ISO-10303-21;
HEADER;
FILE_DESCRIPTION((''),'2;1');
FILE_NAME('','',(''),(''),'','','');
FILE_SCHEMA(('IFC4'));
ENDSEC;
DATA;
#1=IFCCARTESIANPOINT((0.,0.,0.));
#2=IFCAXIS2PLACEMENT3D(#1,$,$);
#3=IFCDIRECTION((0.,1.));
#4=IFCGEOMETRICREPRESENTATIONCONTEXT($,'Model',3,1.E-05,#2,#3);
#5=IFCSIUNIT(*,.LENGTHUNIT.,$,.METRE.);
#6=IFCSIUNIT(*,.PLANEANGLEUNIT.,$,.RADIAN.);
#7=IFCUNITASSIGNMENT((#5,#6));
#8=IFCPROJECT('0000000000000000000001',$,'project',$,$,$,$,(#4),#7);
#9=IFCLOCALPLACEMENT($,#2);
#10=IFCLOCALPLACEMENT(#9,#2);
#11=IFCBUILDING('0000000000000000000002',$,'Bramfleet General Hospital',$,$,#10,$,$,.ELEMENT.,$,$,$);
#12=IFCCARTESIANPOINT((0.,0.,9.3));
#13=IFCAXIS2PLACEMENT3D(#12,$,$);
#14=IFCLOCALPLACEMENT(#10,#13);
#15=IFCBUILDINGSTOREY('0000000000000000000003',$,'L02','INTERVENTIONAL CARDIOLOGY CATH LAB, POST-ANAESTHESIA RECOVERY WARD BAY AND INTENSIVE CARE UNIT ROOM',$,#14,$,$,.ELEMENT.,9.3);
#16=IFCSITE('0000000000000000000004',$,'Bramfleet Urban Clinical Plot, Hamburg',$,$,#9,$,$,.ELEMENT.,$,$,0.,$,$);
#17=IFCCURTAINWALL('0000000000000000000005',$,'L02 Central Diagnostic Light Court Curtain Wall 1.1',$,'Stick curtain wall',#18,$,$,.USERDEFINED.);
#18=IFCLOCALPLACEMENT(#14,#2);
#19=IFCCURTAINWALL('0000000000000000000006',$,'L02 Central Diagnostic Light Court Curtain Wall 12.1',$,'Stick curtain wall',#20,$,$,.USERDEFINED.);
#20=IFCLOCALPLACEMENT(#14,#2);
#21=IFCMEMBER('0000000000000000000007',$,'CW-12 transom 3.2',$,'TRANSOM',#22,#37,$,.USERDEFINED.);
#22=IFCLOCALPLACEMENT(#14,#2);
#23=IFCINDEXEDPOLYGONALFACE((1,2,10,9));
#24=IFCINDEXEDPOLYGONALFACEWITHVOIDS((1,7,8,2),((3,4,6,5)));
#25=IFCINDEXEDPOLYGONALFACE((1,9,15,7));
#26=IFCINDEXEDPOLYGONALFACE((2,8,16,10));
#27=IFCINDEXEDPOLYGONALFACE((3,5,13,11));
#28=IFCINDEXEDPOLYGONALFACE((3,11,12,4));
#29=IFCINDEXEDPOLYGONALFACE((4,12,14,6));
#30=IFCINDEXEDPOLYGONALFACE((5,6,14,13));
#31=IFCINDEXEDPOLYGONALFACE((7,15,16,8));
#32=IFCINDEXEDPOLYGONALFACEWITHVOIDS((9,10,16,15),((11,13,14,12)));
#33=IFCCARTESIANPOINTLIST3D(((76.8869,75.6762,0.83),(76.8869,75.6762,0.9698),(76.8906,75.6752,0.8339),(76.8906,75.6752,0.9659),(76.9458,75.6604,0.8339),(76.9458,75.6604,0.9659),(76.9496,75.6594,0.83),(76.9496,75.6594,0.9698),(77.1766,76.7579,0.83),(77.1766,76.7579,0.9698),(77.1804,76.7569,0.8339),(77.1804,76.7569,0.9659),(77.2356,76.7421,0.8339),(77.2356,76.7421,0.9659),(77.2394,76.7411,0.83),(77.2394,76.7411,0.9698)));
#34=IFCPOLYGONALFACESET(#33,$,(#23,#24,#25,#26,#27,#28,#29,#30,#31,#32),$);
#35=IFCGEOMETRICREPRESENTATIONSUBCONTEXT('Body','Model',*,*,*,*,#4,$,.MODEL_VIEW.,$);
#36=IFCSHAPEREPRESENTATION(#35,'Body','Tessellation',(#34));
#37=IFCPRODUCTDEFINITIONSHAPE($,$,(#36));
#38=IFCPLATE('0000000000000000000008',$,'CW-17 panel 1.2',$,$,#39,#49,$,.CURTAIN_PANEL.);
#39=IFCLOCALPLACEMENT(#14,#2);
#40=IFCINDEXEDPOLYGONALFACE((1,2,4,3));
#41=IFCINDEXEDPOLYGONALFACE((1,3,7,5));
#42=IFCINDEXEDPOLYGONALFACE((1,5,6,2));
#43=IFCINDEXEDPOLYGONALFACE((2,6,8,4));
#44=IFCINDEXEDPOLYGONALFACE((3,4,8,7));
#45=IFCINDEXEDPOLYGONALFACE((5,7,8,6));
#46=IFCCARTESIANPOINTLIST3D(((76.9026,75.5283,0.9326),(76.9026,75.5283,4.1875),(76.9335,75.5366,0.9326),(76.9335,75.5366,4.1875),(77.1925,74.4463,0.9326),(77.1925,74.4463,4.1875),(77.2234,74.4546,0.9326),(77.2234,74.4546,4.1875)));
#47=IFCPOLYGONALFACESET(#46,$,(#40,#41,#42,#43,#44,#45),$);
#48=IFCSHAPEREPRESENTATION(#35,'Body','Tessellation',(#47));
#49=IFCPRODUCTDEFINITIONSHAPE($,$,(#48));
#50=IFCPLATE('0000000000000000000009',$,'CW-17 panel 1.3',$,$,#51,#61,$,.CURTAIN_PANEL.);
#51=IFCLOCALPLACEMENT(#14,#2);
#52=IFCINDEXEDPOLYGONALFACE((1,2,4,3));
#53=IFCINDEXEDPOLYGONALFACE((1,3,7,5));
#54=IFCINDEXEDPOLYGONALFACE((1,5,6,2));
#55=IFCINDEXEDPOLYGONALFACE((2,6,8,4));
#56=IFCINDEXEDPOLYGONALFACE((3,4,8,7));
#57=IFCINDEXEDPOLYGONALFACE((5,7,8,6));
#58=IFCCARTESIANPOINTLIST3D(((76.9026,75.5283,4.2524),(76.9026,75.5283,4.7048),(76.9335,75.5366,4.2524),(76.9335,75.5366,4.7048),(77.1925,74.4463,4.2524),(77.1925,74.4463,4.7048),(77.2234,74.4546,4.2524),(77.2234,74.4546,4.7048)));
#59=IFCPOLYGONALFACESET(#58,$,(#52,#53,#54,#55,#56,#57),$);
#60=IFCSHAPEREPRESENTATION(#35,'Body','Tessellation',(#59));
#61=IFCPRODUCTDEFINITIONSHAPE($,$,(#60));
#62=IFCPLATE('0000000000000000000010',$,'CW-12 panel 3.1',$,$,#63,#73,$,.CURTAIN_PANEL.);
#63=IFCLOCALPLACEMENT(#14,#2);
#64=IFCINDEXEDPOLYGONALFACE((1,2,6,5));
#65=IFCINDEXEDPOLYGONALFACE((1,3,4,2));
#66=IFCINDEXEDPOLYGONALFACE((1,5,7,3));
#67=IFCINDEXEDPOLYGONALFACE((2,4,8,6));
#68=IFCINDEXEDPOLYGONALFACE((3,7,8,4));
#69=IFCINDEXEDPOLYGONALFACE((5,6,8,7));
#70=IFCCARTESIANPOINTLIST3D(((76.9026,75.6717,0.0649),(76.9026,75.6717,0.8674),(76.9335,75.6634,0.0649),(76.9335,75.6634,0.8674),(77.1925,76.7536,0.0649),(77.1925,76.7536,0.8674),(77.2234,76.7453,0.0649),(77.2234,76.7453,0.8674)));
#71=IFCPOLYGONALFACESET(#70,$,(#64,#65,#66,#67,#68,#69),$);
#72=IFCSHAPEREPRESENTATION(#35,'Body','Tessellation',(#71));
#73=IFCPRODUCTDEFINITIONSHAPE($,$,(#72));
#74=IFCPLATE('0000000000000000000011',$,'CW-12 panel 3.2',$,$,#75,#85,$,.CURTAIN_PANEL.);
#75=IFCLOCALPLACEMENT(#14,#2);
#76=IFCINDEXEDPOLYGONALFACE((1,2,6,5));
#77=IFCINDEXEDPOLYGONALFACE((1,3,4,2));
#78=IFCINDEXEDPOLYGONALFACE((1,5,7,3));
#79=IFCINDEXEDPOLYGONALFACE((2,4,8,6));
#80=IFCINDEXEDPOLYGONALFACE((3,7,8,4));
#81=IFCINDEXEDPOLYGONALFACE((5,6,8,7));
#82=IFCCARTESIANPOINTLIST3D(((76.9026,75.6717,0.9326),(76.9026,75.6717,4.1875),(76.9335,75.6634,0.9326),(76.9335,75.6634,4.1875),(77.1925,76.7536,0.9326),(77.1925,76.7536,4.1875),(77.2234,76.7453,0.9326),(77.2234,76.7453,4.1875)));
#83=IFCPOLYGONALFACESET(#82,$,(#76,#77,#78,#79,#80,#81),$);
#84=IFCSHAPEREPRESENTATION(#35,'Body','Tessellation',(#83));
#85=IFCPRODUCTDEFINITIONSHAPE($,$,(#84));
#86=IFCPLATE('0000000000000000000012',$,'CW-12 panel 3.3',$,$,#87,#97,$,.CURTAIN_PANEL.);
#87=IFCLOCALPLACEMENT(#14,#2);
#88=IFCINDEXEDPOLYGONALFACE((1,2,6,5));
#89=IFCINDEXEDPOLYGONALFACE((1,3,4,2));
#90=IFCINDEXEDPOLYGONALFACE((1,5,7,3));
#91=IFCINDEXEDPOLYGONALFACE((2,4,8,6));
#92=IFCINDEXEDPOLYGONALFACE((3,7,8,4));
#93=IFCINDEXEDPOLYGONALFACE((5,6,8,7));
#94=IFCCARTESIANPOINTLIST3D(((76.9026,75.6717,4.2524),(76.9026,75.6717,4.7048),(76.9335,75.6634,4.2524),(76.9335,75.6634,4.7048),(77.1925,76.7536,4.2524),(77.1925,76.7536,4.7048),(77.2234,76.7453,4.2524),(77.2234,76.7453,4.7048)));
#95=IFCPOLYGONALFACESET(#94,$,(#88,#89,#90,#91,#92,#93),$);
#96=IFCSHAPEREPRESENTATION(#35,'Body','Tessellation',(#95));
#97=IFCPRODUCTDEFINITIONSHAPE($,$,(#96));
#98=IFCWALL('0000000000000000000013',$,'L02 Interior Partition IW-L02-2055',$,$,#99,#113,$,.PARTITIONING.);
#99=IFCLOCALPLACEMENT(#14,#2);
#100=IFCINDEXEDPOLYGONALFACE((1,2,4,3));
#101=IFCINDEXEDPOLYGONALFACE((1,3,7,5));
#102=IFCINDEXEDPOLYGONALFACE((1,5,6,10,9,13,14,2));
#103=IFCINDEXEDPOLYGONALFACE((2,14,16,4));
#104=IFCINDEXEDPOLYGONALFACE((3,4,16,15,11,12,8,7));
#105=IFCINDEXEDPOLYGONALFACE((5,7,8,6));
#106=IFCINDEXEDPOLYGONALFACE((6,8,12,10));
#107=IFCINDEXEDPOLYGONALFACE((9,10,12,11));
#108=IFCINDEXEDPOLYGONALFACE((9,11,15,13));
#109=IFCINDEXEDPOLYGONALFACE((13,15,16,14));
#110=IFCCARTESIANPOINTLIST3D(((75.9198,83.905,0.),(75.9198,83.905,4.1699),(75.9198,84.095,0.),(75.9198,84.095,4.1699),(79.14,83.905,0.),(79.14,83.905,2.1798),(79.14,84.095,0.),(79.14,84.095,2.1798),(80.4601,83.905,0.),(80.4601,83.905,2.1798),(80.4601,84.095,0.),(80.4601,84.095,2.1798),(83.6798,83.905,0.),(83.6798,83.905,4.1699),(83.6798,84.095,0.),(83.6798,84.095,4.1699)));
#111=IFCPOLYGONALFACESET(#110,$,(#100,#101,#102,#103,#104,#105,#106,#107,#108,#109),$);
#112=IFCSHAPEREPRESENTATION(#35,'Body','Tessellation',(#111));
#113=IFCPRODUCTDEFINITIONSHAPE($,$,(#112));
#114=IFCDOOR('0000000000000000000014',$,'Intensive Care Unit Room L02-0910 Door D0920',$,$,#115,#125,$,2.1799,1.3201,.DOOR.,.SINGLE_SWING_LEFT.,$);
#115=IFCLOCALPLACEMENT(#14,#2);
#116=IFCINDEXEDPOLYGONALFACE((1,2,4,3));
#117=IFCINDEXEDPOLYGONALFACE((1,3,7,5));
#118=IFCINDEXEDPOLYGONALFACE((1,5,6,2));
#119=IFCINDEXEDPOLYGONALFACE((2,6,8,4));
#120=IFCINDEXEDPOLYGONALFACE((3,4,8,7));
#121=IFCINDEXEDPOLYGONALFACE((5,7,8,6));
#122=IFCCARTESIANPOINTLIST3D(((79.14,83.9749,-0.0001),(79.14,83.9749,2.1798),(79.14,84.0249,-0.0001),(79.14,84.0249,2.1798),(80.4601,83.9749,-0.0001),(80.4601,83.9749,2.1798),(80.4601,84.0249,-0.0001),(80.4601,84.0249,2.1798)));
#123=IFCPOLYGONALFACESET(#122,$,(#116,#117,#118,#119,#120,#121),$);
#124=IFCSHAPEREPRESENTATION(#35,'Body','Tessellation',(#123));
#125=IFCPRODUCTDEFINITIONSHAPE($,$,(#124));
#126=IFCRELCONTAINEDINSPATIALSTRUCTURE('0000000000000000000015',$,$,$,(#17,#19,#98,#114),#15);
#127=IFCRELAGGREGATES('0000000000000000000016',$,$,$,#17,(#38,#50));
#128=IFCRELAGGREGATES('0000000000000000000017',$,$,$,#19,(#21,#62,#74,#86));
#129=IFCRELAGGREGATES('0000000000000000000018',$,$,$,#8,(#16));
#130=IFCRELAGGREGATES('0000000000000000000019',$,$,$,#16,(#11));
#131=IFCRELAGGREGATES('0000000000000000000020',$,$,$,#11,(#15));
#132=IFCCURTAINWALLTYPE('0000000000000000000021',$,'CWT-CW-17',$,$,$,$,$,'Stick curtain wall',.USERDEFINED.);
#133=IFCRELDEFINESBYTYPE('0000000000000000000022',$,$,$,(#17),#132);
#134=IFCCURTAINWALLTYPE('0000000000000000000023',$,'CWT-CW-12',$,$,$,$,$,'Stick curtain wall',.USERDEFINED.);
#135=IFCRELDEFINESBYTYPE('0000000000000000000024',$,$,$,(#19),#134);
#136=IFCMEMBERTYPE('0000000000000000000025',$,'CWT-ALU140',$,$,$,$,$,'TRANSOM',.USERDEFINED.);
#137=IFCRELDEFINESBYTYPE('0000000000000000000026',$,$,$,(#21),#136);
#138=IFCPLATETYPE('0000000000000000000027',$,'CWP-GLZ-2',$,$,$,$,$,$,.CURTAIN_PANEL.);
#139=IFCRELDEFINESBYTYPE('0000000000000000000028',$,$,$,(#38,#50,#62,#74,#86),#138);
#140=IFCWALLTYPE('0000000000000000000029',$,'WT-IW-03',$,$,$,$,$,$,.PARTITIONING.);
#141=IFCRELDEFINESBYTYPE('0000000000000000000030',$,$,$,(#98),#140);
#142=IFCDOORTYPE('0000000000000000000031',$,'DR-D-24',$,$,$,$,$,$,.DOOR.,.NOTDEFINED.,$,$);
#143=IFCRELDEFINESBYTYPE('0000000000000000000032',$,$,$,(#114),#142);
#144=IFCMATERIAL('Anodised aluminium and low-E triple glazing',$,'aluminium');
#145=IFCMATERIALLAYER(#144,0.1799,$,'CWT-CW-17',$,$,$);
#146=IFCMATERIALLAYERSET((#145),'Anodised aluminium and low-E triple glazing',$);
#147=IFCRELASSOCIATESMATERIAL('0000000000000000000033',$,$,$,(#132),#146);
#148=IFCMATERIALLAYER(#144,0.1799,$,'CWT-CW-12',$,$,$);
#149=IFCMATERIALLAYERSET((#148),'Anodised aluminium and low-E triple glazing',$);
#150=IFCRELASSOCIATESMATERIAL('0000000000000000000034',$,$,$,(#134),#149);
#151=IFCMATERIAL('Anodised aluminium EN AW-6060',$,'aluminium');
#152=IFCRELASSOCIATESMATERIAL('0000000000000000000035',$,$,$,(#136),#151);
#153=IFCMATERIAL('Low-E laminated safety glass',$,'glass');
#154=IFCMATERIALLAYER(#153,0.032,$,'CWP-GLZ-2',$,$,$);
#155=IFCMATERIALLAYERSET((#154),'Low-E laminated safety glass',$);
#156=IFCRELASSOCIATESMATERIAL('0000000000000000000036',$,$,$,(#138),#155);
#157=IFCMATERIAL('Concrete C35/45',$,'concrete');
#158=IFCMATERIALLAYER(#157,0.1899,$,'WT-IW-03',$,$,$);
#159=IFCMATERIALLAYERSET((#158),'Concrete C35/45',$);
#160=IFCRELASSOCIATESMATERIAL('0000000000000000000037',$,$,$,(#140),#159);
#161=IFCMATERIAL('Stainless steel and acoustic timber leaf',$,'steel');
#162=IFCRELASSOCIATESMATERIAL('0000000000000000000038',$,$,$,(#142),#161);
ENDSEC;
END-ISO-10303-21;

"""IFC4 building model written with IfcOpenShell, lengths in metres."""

from ifc_helpers import new_model, si_unit, direction, frame, frame_2d, origin, origin_2d, place, context, subcontext, project, spatial, rectangle, hollow_rectangle, extrude, material, layer, layer_set, material_profile, profile_set, type_object, element, fill, aggregate, save


model = new_model("IFC4")

# Units and contexts
model_context = context("Model", 3, precision=1e-05, world=origin(), true_north=direction((0.0, 1.0)))
body_context = subcontext(model_context, "Body", "Model", "MODEL_VIEW")
ifc_project = project(units=[si_unit("LENGTHUNIT", "METRE"), si_unit("PLANEANGLEUNIT", "RADIAN")], contexts=[model_context])

# Site, building, storey
site_placement = place(None, origin())
site = spatial("IfcSite", under=ifc_project, at=site_placement, Name="Bramfleet Urban Clinical Plot, Hamburg", CompositionType="ELEMENT", RefElevation=0.0)
building_placement = place(site_placement, origin())
building = spatial("IfcBuilding", under=site, at=building_placement, Name="Bramfleet General Hospital", CompositionType="ELEMENT")
storey_placement = place(building_placement, frame((0.0, 0.0, 9.3)))
storey = spatial("IfcBuildingStorey", under=building, at=storey_placement, Name="L02", Description="INTERVENTIONAL CARDIOLOGY CATH LAB, POST-ANAESTHESIA RECOVERY WARD BAY AND INTENSIVE CARE UNIT ROOM", CompositionType="ELEMENT", Elevation=9.3)

# Shared definitions
ifc_material_1 = material(Name="Concrete C35/45", Category="concrete")

# Curtain walls
ifc_material_2 = material(Name="Anodised aluminium and low-E triple glazing", Category="aluminium")
ifc_layer_1 = layer(ifc_material_2, 0.1799, Name="CWT-CW-17")
ifc_layer_set_1 = layer_set([ifc_layer_1], Name="Anodised aluminium and low-E triple glazing")
curtain_wall_type_1 = type_object("IfcCurtainWallType", Name="CWT-CW-17", ElementType="Stick curtain wall", PredefinedType="USERDEFINED", material=ifc_layer_set_1)
curtain_wall_1_placement = place(storey_placement, origin())
curtain_wall_1 = element("IfcCurtainWall", 1, at=curtain_wall_1_placement, inside=storey, type_object=curtain_wall_type_1, Name="L02 Central Diagnostic Light Court Curtain Wall 1.1", ObjectType="Stick curtain wall", PredefinedType="USERDEFINED")
ifc_material_3 = material(Name="Anodised aluminium EN AW-6060", Category="aluminium")
ifc_layer_2 = layer(ifc_material_2, 0.1799, Name="CWT-CW-12")
ifc_layer_set_2 = layer_set([ifc_layer_2], Name="Anodised aluminium and low-E triple glazing")
curtain_wall_type_2 = type_object("IfcCurtainWallType", Name="CWT-CW-12", ElementType="Stick curtain wall", PredefinedType="USERDEFINED", material=ifc_layer_set_2)
curtain_wall_2_placement = place(storey_placement, origin())
curtain_wall_2 = element("IfcCurtainWall", 2, at=curtain_wall_2_placement, inside=storey, type_object=curtain_wall_type_2, Name="L02 Central Diagnostic Light Court Curtain Wall 12.1", ObjectType="Stick curtain wall", PredefinedType="USERDEFINED")

# Member
ifc_material_profile_1 = material_profile(ifc_material_3, hollow_rectangle(XDim=0.0649, YDim=0.1399, WallThickness=0.0039, at=origin_2d()), Name="ALU 140x65x4.0")
ifc_profile_set_1 = profile_set([ifc_material_profile_1], Name="Anodised aluminium EN AW-6060")
member_type_1 = type_object("IfcMemberType", Name="CWT-ALU140", ElementType="TRANSOM", PredefinedType="USERDEFINED", material=ifc_profile_set_1)
member_1_placement = place(storey_placement, frame((77.208, 76.7495, 0.8999), z_axis=(-0.258762, -0.965941, 0.0), x_axis=(0.965941, -0.258762, 0.0)))
member_1 = element("IfcMember", 3, at=member_1_placement, type_object=member_type_1, Name="CW-12 transom 3.2", ObjectType="TRANSOM", PredefinedType="USERDEFINED", context=body_context, shape_type="SweptSolid", body=[
    extrude(hollow_rectangle(XDim=0.0649, YDim=0.1399, WallThickness=0.0039, at=origin_2d()), origin(), (0.0, 0.0, 1.0), 1.1199),
])

# Plates
ifc_material_4 = material(Name="Low-E laminated safety glass", Category="glass")
ifc_layer_3 = layer(ifc_material_4, 0.032, Name="CWP-GLZ-2")
ifc_layer_set_3 = layer_set([ifc_layer_3], Name="Low-E laminated safety glass")
plate_type = type_object("IfcPlateType", Name="CWP-GLZ-2", PredefinedType="CURTAIN_PANEL", material=ifc_layer_set_3)
plate_1_placement = place(storey_placement, frame((77.063, 74.9915, 0.9326), z_axis=(0.0, 0.0, 1.0), x_axis=(0.258763, -0.965941, 0.0)))
plate_1 = element("IfcPlate", 4, at=plate_1_placement, type_object=plate_type, Name="CW-17 panel 1.2", PredefinedType="CURTAIN_PANEL", context=body_context, shape_type="SweptSolid", body=[
    extrude(rectangle(XDim=1.1201, YDim=0.032, at=origin_2d()), origin(), (0.0, 0.0, 1.0), 3.2549),
])
plate_2_placement = place(storey_placement, frame((77.063, 74.9915, 4.2524), z_axis=(0.0, 0.0, 1.0), x_axis=(0.258763, -0.965941, 0.0)))
plate_2 = element("IfcPlate", 5, at=plate_2_placement, type_object=plate_type, Name="CW-17 panel 1.3", PredefinedType="CURTAIN_PANEL", context=body_context, shape_type="SweptSolid", body=[
    extrude(rectangle(XDim=1.1201, YDim=0.032, at=origin_2d()), origin(), (0.0, 0.0, 1.0), 0.4524),
])
aggregate(curtain_wall_1, [plate_1, plate_2])
plate_3_placement = place(storey_placement, frame((77.063, 76.2085, 0.0649), z_axis=(0.0, 0.0, 1.0), x_axis=(-0.258763, -0.965941, 0.0)))
plate_3 = element("IfcPlate", 6, at=plate_3_placement, type_object=plate_type, Name="CW-12 panel 3.1", PredefinedType="CURTAIN_PANEL", context=body_context, shape_type="SweptSolid", body=[
    extrude(rectangle(XDim=1.1201, YDim=0.032, at=origin_2d()), origin(), (0.0, 0.0, 1.0), 0.8025),
])
plate_4_placement = place(storey_placement, frame((77.063, 76.2085, 0.9326), z_axis=(0.0, 0.0, 1.0), x_axis=(-0.258763, -0.965941, 0.0)))
plate_4 = element("IfcPlate", 7, at=plate_4_placement, type_object=plate_type, Name="CW-12 panel 3.2", PredefinedType="CURTAIN_PANEL", context=body_context, shape_type="SweptSolid", body=[
    extrude(rectangle(XDim=1.1201, YDim=0.032, at=origin_2d()), origin(), (0.0, 0.0, 1.0), 3.2549),
])
plate_5_placement = place(storey_placement, frame((77.063, 76.2085, 4.2524), z_axis=(0.0, 0.0, 1.0), x_axis=(-0.258763, -0.965941, 0.0)))
plate_5 = element("IfcPlate", 8, at=plate_5_placement, type_object=plate_type, Name="CW-12 panel 3.3", PredefinedType="CURTAIN_PANEL", context=body_context, shape_type="SweptSolid", body=[
    extrude(rectangle(XDim=1.1201, YDim=0.032, at=origin_2d()), origin(), (0.0, 0.0, 1.0), 0.4524),
])
aggregate(curtain_wall_2, [member_1, plate_3, plate_4, plate_5])

# Wall, opening, door
ifc_layer_4 = layer(ifc_material_1, 0.1899, Name="WT-IW-03")
ifc_layer_set_4 = layer_set([ifc_layer_4], Name="Concrete C35/45")
wall_type = type_object("IfcWallType", Name="WT-IW-03", PredefinedType="PARTITIONING", material=ifc_layer_set_4)
wall_placement = place(storey_placement, frame((75.9199, 84.0, 0.0), z_axis=(0.0, 0.0, 1.0), x_axis=(1.0, 0.0, 0.0)))
wall = element("IfcWall", 9, at=wall_placement, inside=storey, type_object=wall_type, Name="L02 Interior Partition IW-L02-2055", PredefinedType="PARTITIONING", context=body_context, shape_type="SweptSolid", body=[
    extrude(rectangle(XDim=7.76, YDim=0.1899, at=frame_2d((3.8799, 0.0))), origin(), (0.0, 0.0, 1.0), 4.1699),
])
opening_placement = place(wall_placement, frame((3.22, 0.0, 0.0)))
opening = element("IfcOpeningElement", 10, at=opening_placement, cuts=wall, PredefinedType="OPENING", context=body_context, shape_type="SweptSolid", body=[
    extrude(rectangle(XDim=1.3201, YDim=2.1799, at=frame_2d((0.6602, 1.0898))), frame((0.0, 0.105, 0.0), z_axis=(0.0, -1.0, 0.0), x_axis=(1.0, 0.0, 0.0)), (0.0, 0.0, 1.0), 0.21),
])
ifc_material_5 = material(Name="Stainless steel and acoustic timber leaf", Category="steel")
door_type = type_object("IfcDoorType", Name="DR-D-24", OperationType="NOTDEFINED", PredefinedType="DOOR", material=ifc_material_5)
door_placement = place(opening_placement, origin())
door = element("IfcDoor", 11, at=door_placement, inside=storey, type_object=door_type, Name="Intensive Care Unit Room L02-0910 Door D0920", OperationType="SINGLE_SWING_LEFT", OverallHeight=2.1799, OverallWidth=1.3201, PredefinedType="DOOR", context=body_context, shape_type="SweptSolid", body=[
    extrude(rectangle(XDim=1.3201, YDim=2.1799, at=frame_2d((0.6602, 1.0898))), frame((0.0, 0.0249, 0.0), z_axis=(0.0, -1.0, 0.0), x_axis=(1.0, 0.0, 0.0)), (0.0, 0.0, 1.0), 0.05),
])
fill(opening, door)

save(model, "model.ifc")
